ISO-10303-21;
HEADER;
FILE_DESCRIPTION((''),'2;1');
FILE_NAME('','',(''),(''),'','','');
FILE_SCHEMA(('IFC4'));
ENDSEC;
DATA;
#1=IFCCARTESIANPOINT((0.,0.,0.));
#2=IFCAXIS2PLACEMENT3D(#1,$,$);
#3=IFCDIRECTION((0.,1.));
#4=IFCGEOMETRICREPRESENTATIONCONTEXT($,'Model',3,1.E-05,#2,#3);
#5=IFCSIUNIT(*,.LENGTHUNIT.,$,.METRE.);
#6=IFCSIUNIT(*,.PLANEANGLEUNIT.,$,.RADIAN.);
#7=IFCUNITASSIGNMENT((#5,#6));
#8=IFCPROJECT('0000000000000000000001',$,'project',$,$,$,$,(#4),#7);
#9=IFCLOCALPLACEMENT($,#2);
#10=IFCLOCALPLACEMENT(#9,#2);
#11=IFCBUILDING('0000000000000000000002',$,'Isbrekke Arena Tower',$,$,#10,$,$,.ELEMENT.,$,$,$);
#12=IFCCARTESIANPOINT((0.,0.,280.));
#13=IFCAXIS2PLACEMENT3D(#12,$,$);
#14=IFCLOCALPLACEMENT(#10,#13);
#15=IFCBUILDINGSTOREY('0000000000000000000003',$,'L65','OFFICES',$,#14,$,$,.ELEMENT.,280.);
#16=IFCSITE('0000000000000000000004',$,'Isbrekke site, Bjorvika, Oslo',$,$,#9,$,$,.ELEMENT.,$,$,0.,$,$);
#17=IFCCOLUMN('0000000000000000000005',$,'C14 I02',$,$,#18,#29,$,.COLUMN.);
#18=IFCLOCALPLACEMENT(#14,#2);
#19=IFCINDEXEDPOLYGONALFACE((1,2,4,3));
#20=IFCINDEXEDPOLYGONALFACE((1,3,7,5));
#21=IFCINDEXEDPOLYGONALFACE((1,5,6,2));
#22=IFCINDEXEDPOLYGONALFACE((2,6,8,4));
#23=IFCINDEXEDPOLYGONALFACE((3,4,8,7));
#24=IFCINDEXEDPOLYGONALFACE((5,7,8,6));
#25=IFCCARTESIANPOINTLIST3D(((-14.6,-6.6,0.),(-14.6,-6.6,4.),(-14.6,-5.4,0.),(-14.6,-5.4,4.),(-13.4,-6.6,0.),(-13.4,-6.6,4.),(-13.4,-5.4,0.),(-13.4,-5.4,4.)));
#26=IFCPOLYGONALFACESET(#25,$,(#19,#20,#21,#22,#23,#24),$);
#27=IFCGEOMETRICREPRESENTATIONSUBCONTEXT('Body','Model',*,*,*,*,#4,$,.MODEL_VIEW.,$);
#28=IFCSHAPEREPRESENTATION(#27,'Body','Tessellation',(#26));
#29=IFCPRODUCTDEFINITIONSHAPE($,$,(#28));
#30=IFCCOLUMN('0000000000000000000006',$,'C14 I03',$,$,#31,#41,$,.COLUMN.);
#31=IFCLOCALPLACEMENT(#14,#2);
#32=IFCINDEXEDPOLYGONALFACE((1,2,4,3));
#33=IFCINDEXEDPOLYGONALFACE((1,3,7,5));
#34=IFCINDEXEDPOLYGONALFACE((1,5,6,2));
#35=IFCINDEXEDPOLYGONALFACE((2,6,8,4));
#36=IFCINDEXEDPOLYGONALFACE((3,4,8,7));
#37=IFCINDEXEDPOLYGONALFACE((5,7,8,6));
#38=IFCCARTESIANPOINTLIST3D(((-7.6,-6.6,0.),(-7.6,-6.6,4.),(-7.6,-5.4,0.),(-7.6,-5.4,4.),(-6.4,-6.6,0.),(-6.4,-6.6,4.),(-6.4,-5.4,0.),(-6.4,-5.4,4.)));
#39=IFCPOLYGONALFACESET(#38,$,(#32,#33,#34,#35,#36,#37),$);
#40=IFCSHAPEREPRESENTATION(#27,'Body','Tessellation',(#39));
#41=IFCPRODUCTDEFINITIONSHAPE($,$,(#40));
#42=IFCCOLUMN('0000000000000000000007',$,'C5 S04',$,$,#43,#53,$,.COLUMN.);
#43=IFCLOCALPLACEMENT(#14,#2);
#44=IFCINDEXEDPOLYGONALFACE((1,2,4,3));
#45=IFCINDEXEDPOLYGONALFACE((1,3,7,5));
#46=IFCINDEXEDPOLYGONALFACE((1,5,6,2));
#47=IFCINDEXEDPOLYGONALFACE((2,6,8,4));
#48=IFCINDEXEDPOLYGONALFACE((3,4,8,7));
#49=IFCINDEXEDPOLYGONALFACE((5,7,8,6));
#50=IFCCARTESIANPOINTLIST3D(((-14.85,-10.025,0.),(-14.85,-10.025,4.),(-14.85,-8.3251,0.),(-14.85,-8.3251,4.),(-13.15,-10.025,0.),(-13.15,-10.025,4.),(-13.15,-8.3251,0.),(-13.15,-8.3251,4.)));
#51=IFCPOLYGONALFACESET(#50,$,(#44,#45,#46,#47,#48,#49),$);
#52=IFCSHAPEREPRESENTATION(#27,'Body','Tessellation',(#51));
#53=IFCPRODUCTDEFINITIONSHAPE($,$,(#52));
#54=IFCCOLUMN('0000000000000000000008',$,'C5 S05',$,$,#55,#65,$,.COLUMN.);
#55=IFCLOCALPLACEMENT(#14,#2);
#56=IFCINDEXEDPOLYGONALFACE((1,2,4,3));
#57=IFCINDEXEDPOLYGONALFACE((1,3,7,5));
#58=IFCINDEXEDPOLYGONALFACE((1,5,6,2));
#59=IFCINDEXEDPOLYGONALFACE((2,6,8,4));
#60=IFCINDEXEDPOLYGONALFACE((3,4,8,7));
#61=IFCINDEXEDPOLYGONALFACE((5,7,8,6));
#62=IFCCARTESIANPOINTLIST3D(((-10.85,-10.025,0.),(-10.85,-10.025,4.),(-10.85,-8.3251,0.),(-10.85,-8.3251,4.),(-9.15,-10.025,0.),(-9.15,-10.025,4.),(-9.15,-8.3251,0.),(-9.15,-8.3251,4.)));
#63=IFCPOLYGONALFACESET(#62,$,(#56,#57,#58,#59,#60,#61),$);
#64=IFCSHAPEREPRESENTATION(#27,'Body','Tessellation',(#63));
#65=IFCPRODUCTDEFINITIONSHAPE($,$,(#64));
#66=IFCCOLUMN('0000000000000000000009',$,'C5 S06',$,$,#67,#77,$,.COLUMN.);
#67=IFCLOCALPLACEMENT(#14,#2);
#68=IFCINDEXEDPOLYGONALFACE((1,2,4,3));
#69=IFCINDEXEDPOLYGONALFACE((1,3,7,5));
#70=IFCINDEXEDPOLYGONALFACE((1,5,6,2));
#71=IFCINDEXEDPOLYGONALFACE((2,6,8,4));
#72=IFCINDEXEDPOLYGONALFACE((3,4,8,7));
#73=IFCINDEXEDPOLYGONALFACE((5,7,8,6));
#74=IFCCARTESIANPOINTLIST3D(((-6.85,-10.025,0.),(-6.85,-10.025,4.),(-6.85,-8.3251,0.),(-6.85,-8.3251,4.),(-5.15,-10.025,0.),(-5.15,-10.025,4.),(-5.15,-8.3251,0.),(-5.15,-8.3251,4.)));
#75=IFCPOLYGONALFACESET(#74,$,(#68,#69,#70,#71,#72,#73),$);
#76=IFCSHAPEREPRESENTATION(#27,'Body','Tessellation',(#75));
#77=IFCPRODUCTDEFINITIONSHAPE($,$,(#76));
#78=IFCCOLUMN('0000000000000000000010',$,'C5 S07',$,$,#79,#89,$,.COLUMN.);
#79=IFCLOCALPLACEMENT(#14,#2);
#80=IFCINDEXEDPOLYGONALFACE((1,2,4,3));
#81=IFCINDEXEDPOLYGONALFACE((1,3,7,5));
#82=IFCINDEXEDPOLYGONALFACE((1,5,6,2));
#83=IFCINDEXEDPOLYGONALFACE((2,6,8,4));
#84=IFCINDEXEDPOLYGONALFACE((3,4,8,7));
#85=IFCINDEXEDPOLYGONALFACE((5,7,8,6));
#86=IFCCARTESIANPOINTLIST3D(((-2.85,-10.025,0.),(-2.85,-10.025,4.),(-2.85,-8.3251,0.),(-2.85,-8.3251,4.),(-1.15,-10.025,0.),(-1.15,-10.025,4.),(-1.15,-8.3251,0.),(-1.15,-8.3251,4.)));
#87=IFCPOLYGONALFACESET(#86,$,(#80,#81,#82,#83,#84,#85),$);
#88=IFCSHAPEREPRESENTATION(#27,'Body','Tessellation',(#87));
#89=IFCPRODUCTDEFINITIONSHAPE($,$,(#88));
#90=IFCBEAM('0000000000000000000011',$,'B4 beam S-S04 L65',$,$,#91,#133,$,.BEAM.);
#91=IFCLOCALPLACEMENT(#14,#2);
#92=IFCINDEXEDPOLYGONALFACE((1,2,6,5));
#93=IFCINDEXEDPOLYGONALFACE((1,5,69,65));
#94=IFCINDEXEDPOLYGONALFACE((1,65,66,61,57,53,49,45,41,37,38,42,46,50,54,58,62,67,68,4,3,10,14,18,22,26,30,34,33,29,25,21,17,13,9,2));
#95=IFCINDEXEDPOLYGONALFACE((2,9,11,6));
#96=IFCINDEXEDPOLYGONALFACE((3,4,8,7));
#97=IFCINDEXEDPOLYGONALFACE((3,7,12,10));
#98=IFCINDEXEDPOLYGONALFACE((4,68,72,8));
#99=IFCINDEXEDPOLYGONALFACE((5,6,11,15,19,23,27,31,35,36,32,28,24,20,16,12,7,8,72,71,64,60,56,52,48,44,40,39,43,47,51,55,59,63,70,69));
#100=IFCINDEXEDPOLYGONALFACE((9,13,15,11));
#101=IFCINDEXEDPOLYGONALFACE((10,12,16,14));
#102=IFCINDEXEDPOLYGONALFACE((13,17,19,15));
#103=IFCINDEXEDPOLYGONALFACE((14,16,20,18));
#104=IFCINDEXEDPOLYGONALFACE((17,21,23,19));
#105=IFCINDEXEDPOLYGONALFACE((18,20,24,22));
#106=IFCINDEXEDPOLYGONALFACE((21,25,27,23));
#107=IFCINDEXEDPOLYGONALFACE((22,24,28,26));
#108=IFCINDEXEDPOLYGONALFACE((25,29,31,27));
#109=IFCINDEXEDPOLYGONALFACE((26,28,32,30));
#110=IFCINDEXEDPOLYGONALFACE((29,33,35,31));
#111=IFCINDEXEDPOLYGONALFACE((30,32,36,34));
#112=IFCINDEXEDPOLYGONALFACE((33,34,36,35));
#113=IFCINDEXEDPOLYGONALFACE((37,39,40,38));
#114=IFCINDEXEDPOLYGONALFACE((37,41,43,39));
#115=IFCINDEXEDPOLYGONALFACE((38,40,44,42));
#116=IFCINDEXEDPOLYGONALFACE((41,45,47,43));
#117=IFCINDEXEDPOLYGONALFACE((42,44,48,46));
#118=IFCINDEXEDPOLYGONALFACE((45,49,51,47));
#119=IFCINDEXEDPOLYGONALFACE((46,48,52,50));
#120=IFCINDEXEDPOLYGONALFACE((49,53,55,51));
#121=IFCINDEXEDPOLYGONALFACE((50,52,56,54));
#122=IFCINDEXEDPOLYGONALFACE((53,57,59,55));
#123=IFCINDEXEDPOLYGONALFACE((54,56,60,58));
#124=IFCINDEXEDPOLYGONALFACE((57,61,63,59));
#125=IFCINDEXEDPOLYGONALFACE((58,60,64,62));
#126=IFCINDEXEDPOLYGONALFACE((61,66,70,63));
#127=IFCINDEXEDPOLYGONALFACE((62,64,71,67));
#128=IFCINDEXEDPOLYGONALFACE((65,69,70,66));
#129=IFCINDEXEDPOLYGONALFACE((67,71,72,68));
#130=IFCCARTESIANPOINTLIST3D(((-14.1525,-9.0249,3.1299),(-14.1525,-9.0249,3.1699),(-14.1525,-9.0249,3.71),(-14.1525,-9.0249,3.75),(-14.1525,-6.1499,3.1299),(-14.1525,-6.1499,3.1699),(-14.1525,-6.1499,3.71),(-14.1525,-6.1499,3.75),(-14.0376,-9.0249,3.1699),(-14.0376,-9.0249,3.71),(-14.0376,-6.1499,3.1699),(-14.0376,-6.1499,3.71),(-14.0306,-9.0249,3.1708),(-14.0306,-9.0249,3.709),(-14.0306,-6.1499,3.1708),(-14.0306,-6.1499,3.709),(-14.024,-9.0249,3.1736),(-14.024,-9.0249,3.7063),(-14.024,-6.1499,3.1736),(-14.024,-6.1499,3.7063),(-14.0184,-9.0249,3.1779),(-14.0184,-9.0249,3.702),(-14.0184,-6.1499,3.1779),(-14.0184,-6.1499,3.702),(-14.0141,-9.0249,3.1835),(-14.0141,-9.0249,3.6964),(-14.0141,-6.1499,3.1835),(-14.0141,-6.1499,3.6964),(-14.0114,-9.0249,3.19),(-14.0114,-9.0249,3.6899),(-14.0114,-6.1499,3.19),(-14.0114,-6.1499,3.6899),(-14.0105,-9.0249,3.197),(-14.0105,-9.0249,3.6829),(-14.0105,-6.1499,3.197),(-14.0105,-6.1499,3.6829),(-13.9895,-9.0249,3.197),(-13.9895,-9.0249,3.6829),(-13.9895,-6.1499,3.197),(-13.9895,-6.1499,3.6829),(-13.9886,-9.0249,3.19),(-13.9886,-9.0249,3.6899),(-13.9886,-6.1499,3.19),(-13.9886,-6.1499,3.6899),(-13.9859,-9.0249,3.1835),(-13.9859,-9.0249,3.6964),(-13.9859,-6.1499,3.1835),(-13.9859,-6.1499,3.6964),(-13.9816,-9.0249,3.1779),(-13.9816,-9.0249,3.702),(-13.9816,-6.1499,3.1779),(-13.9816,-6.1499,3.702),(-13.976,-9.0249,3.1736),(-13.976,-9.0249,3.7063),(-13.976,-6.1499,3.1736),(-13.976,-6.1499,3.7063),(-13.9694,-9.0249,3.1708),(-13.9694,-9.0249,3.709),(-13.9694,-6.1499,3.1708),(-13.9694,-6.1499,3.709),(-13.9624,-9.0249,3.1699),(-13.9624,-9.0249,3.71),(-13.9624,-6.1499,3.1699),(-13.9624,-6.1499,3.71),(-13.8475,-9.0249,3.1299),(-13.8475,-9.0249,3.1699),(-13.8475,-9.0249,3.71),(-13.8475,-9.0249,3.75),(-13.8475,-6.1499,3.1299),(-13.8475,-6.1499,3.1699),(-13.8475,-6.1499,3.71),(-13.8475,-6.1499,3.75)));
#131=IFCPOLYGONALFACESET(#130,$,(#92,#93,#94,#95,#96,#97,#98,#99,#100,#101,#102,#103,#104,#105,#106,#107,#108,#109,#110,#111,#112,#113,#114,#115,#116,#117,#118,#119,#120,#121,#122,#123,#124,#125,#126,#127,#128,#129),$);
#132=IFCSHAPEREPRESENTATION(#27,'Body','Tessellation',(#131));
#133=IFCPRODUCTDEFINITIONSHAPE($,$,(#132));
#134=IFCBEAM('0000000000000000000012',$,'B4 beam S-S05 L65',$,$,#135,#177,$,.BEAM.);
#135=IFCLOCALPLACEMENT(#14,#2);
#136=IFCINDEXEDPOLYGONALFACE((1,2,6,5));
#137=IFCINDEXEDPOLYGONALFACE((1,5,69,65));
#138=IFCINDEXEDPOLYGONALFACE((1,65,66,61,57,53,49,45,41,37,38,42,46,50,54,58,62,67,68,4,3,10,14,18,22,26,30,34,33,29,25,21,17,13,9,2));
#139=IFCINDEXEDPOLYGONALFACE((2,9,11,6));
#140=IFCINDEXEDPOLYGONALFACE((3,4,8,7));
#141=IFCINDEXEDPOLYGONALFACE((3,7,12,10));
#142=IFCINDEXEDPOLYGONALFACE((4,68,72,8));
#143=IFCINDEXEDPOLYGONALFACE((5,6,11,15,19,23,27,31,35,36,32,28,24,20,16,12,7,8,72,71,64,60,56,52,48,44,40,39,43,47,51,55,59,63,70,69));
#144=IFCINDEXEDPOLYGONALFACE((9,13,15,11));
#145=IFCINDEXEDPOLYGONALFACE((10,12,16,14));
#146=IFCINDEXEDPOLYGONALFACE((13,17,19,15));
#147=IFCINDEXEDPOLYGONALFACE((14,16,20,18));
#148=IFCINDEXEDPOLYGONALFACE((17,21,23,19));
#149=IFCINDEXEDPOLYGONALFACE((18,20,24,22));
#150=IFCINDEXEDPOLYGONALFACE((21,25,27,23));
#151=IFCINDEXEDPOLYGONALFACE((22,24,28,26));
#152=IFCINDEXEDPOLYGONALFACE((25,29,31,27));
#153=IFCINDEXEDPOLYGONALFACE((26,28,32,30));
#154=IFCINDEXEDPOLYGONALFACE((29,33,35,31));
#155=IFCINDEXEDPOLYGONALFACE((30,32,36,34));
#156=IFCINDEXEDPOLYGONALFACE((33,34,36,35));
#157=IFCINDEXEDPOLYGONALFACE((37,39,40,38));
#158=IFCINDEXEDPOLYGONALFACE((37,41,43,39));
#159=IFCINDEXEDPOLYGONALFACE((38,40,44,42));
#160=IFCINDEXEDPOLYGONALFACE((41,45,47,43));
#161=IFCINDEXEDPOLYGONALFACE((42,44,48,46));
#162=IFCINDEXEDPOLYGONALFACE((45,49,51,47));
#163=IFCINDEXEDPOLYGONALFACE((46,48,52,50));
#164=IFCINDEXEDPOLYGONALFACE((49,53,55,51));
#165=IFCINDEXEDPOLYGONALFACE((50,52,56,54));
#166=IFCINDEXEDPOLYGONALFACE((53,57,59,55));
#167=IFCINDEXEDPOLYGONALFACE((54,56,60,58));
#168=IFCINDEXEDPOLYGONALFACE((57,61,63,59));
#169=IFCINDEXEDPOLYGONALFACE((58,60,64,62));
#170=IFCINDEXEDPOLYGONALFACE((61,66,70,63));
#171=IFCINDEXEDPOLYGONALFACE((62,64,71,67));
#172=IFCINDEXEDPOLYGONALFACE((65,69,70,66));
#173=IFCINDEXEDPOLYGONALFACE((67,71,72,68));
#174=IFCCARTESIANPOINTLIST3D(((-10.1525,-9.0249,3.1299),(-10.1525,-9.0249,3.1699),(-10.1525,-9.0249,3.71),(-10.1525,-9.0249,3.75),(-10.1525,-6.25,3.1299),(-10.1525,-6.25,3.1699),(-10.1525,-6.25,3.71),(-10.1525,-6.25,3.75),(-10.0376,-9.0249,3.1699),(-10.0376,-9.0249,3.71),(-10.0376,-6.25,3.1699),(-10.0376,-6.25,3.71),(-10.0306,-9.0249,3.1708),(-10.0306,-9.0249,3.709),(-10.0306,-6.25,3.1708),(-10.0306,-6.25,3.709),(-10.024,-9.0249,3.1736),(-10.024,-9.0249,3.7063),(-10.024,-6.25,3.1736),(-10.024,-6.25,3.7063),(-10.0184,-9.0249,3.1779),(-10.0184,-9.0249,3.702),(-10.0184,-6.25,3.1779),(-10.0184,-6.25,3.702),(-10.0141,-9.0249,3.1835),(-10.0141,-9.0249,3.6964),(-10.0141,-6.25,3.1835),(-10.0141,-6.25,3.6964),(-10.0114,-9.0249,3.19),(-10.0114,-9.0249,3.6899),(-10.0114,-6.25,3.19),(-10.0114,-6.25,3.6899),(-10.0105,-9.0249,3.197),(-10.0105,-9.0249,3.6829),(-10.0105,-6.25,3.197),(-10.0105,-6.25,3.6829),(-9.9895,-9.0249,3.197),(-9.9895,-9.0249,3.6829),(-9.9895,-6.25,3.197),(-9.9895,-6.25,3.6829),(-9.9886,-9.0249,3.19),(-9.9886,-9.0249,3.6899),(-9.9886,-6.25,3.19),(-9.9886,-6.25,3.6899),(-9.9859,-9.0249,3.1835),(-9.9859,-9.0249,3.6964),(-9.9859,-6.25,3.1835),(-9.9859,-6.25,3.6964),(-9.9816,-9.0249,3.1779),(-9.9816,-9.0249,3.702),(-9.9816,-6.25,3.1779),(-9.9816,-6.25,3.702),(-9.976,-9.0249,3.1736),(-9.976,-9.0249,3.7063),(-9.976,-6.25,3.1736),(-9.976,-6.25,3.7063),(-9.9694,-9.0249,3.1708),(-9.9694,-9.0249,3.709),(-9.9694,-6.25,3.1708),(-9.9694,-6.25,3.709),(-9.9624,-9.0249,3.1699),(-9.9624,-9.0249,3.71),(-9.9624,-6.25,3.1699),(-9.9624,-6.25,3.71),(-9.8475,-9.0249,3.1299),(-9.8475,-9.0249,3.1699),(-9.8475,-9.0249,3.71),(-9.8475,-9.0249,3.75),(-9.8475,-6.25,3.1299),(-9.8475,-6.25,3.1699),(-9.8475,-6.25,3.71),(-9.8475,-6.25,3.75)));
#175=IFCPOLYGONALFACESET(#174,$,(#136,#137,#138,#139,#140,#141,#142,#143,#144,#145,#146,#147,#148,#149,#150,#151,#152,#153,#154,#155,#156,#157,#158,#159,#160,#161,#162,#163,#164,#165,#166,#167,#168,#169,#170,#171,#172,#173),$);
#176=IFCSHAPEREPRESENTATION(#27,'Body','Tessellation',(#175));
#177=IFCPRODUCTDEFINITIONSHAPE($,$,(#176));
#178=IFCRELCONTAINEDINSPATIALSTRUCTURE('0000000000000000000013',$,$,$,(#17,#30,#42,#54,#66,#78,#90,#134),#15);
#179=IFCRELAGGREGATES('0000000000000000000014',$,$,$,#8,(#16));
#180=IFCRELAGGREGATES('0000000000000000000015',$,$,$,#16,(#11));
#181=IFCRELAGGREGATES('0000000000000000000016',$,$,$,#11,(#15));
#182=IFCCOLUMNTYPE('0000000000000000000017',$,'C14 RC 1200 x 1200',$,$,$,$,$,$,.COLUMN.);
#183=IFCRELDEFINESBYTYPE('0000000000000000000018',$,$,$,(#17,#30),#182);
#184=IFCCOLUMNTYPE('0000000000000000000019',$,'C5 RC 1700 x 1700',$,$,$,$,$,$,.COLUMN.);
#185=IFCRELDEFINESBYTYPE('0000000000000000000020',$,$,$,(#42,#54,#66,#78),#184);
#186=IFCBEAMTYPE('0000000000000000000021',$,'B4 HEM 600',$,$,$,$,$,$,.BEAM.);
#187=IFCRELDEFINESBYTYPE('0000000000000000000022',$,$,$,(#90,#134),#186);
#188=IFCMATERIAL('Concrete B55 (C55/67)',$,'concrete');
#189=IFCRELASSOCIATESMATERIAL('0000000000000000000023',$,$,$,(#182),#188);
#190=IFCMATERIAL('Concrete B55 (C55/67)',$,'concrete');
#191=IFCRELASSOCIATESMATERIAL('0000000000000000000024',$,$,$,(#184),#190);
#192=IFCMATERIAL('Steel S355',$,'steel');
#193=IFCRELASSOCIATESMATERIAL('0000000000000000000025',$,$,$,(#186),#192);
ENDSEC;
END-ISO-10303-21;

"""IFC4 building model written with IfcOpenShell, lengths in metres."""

from ifc_helpers import new_model, si_unit, direction, frame, origin, origin_2d, place, context, subcontext, project, spatial, rectangle, i_section, extrude, material, material_profile, profile_set, type_object, element, save


model = new_model("IFC4")

# Units and contexts
model_context = context("Model", 3, precision=1e-05, world=origin(), true_north=direction((0.0, 1.0)))
body_context = subcontext(model_context, "Body", "Model", "MODEL_VIEW")
ifc_project = project(units=[si_unit("LENGTHUNIT", "METRE"), si_unit("PLANEANGLEUNIT", "RADIAN")], contexts=[model_context])

# Site, building, storey
site_placement = place(None, origin())
site = spatial("IfcSite", under=ifc_project, at=site_placement, Name="Isbrekke site, Bjorvika, Oslo", CompositionType="ELEMENT", RefElevation=0.0)
building_placement = place(site_placement, origin())
building = spatial("IfcBuilding", under=site, at=building_placement, Name="Isbrekke Arena Tower", CompositionType="ELEMENT")
storey_placement = place(building_placement, frame((0.0, 0.0, 280.0)))
storey = spatial("IfcBuildingStorey", under=building, at=storey_placement, Name="L65", Description="OFFICES", CompositionType="ELEMENT", Elevation=280.0)

# Columns
ifc_material_1 = material(Name="Concrete B55 (C55/67)", Category="concrete")
ifc_material_profile_1 = material_profile(ifc_material_1, rectangle(XDim=1.2, YDim=1.2, at=origin_2d()), Name="RC 1200x1200")
ifc_profile_set_1 = profile_set([ifc_material_profile_1], Name="Concrete B55 (C55/67)")
column_type_1 = type_object("IfcColumnType", Name="C14 RC 1200 x 1200", PredefinedType="COLUMN", material=ifc_profile_set_1)
for number, where, z_axis, x_axis, name in (
    (1, (-14.0, -6.0, 0.0), (0.0, 0.0, 1.0), (1.0, 0.0, 0.0), "C14 I02"),
    (2, (-7.0, -6.0, 0.0), (0.0, 0.0, 1.0), (1.0, 0.0, 0.0), "C14 I03"),
):
    element("IfcColumn", number, at=place(storey_placement, frame(where, z_axis=z_axis, x_axis=x_axis)), inside=storey, type_object=column_type_1, Name=name, PredefinedType="COLUMN", context=body_context, shape_type="SweptSolid", body=[
        extrude(rectangle(XDim=1.2, YDim=1.2, at=origin_2d()), origin(), (0.0, 0.0, 1.0), 4.0),
    ])
ifc_material_2 = material(Name="Concrete B55 (C55/67)", Category="concrete")
ifc_material_profile_2 = material_profile(ifc_material_2, rectangle(XDim=1.7, YDim=1.7, at=origin_2d()), Name="RC 1700x1700")
ifc_profile_set_2 = profile_set([ifc_material_profile_2], Name="Concrete B55 (C55/67)")
column_type_2 = type_object("IfcColumnType", Name="C5 RC 1700 x 1700", PredefinedType="COLUMN", material=ifc_profile_set_2)
for number, where, z_axis, x_axis, name in (
    (3, (-14.0, -9.175, 0.0), (0.0, 0.0, 1.0), (1.0, 0.0, 0.0), "C5 S04"),
    (4, (-10.0, -9.175, 0.0), (0.0, 0.0, 1.0), (1.0, 0.0, 0.0), "C5 S05"),
    (5, (-6.0, -9.175, 0.0), (0.0, 0.0, 1.0), (1.0, 0.0, 0.0), "C5 S06"),
    (6, (-2.0, -9.175, 0.0), (0.0, 0.0, 1.0), (1.0, 0.0, 0.0), "C5 S07"),
):
    element("IfcColumn", number, at=place(storey_placement, frame(where, z_axis=z_axis, x_axis=x_axis)), inside=storey, type_object=column_type_2, Name=name, PredefinedType="COLUMN", context=body_context, shape_type="SweptSolid", body=[
        extrude(rectangle(XDim=1.7, YDim=1.7, at=origin_2d()), origin(), (0.0, 0.0, 1.0), 4.0),
    ])

# Beams
ifc_material_3 = material(Name="Steel S355", Category="steel")
ifc_material_profile_3 = material_profile(ifc_material_3, i_section(OverallWidth=0.3049, OverallDepth=0.6201, WebThickness=0.021, FlangeThickness=0.04, FilletRadius=0.0271, at=origin_2d()), Name="HEM 600")
ifc_profile_set_3 = profile_set([ifc_material_profile_3], Name="Steel S355")
beam_type_1 = type_object("IfcBeamType", Name="B4 HEM 600", PredefinedType="BEAM", material=ifc_profile_set_3)
beam_1_placement = place(storey_placement, frame((-14.0, -9.0249, 3.4399), z_axis=(0.0, 1.0, 0.0), x_axis=(-1.0, 0.0, 0.0)))
element("IfcBeam", 7, at=beam_1_placement, inside=storey, type_object=beam_type_1, Name="B4 beam S-S04 L65", PredefinedType="BEAM", context=body_context, shape_type="SweptSolid", body=[
    extrude(i_section(OverallWidth=0.3049, OverallDepth=0.6201, WebThickness=0.021, FlangeThickness=0.04, FilletRadius=0.0271, at=origin_2d()), origin(), (0.0, 0.0, 1.0), 2.875),
])
for number, where, z_axis, x_axis, name in (
    (8, (-10.0, -9.0249, 3.4399), (0.0, 1.0, 0.0), (-1.0, 0.0, 0.0), "B4 beam S-S05 L65"),
):
    element("IfcBeam", number, at=place(storey_placement, frame(where, z_axis=z_axis, x_axis=x_axis)), inside=storey, type_object=beam_type_1, Name=name, PredefinedType="BEAM", context=body_context, shape_type="SweptSolid", body=[
        extrude(i_section(OverallWidth=0.3049, OverallDepth=0.6201, WebThickness=0.021, FlangeThickness=0.04, FilletRadius=0.0271, at=origin_2d()), origin(), (0.0, 0.0, 1.0), 2.7749),
    ])

save(model, "model.ifc")
